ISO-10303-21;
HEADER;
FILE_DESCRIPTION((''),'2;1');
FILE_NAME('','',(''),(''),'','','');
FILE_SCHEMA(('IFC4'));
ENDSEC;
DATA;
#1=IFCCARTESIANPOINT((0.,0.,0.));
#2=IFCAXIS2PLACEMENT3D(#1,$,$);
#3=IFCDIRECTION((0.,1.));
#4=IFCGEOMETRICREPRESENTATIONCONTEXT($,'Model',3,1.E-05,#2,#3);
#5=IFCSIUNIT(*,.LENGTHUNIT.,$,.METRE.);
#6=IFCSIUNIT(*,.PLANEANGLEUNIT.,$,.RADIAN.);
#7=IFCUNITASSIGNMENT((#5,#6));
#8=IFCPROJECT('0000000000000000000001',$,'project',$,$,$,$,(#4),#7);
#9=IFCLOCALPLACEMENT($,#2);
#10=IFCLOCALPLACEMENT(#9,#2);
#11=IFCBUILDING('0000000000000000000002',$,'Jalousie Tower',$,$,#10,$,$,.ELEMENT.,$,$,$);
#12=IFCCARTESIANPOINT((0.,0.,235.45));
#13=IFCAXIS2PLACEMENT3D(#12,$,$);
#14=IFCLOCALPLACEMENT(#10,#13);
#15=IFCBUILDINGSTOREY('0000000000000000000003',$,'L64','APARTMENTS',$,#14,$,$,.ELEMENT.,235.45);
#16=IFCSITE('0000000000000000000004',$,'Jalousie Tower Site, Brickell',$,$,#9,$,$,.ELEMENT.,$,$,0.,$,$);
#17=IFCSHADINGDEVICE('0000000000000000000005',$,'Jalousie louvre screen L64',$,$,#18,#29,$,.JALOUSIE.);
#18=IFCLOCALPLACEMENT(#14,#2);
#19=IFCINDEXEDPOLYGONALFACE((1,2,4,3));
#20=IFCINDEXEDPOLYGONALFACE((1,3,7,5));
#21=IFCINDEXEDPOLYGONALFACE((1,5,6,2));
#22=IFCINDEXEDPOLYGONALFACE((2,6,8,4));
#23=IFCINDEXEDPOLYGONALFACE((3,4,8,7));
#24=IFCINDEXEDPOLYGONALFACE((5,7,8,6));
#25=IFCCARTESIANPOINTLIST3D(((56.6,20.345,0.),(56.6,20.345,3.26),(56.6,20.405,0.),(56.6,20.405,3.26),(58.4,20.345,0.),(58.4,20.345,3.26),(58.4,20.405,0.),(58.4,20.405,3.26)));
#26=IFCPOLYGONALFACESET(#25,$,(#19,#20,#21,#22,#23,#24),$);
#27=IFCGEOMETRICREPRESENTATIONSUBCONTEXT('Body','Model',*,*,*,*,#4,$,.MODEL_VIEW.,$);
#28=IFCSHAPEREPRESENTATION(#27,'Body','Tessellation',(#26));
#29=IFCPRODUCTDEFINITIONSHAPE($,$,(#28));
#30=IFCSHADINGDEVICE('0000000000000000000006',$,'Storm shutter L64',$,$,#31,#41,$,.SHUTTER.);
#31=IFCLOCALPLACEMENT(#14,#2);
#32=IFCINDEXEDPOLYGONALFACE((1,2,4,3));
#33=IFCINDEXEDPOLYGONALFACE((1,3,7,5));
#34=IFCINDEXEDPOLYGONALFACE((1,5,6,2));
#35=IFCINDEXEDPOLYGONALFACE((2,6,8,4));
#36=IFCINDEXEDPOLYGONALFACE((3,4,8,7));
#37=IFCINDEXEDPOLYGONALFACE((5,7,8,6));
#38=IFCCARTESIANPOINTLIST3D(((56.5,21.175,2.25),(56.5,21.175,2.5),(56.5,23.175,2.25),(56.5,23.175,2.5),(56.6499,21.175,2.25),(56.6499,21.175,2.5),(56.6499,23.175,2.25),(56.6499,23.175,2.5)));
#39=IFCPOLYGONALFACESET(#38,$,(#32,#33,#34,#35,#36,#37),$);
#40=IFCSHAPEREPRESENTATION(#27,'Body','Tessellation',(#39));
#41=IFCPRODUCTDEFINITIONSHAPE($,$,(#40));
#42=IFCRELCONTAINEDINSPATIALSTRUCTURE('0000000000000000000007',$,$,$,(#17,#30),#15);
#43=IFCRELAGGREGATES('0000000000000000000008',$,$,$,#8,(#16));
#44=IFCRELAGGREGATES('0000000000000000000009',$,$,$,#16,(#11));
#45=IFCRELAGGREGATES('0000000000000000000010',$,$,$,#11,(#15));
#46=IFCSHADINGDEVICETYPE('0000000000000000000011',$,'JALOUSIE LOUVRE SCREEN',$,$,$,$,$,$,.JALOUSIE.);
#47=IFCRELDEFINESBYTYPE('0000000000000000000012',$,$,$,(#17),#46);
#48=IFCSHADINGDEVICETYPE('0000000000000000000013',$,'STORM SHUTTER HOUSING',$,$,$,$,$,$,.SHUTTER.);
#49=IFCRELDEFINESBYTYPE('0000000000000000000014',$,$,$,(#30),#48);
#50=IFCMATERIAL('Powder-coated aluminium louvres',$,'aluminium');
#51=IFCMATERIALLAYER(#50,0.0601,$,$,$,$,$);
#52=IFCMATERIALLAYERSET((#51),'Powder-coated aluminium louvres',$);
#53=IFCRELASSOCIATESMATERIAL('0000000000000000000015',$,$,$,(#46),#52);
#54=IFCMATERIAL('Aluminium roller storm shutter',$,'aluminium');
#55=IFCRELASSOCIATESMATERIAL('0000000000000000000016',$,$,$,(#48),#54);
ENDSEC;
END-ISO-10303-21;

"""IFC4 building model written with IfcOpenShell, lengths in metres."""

from ifc_helpers import new_model, si_unit, direction, frame, origin, origin_2d, place, context, subcontext, project, spatial, rectangle, extrude, material, layer, layer_set, type_object, element, save


model = new_model("IFC4")

# Units and contexts
model_context = context("Model", 3, precision=1e-05, world=origin(), true_north=direction((0.0, 1.0)))
body_context = subcontext(model_context, "Body", "Model", "MODEL_VIEW")
ifc_project = project(units=[si_unit("LENGTHUNIT", "METRE"), si_unit("PLANEANGLEUNIT", "RADIAN")], contexts=[model_context])

# Site, building, storey
site_placement = place(None, origin())
site = spatial("IfcSite", under=ifc_project, at=site_placement, Name="Jalousie Tower Site, Brickell", CompositionType="ELEMENT", RefElevation=0.0)
building_placement = place(site_placement, origin())
building = spatial("IfcBuilding", under=site, at=building_placement, Name="Jalousie Tower", CompositionType="ELEMENT")
storey_placement = place(building_placement, frame((0.0, 0.0, 235.45)))
storey = spatial("IfcBuildingStorey", under=building, at=storey_placement, Name="L64", Description="APARTMENTS", CompositionType="ELEMENT", Elevation=235.45)

# Shading devices
ifc_material_1 = material(Name="Powder-coated aluminium louvres", Category="aluminium")
ifc_layer_1 = layer(ifc_material_1, 0.0601)
ifc_layer_set_1 = layer_set([ifc_layer_1], Name="Powder-coated aluminium louvres")
shading_device_type_1 = type_object("IfcShadingDeviceType", Name="JALOUSIE LOUVRE SCREEN", PredefinedType="JALOUSIE", material=ifc_layer_set_1)
shading_device_1_placement = place(storey_placement, frame((57.5, 20.375, 0.0), z_axis=(0.0, 0.0, 1.0), x_axis=(0.0, 1.0, 0.0)))
element("IfcShadingDevice", 1, at=shading_device_1_placement, inside=storey, type_object=shading_device_type_1, Name="Jalousie louvre screen L64", PredefinedType="JALOUSIE", context=body_context, shape_type="SweptSolid", body=[
    extrude(rectangle(XDim=0.0601, YDim=1.8, at=origin_2d()), origin(), (0.0, 0.0, 1.0), 3.26),
])
ifc_material_2 = material(Name="Aluminium roller storm shutter", Category="aluminium")
shading_device_type_2 = type_object("IfcShadingDeviceType", Name="STORM SHUTTER HOUSING", PredefinedType="SHUTTER", material=ifc_material_2)
shading_device_2_placement = place(storey_placement, frame((56.575, 22.175, 2.25), z_axis=(0.0, 0.0, 1.0), x_axis=(0.0, 1.0, 0.0)))
element("IfcShadingDevice", 2, at=shading_device_2_placement, inside=storey, type_object=shading_device_type_2, Name="Storm shutter L64", PredefinedType="SHUTTER", context=body_context, shape_type="SweptSolid", body=[
    extrude(rectangle(XDim=2.0, YDim=0.1499, at=origin_2d()), origin(), (0.0, 0.0, 1.0), 0.25),
])

save(model, "model.ifc")
